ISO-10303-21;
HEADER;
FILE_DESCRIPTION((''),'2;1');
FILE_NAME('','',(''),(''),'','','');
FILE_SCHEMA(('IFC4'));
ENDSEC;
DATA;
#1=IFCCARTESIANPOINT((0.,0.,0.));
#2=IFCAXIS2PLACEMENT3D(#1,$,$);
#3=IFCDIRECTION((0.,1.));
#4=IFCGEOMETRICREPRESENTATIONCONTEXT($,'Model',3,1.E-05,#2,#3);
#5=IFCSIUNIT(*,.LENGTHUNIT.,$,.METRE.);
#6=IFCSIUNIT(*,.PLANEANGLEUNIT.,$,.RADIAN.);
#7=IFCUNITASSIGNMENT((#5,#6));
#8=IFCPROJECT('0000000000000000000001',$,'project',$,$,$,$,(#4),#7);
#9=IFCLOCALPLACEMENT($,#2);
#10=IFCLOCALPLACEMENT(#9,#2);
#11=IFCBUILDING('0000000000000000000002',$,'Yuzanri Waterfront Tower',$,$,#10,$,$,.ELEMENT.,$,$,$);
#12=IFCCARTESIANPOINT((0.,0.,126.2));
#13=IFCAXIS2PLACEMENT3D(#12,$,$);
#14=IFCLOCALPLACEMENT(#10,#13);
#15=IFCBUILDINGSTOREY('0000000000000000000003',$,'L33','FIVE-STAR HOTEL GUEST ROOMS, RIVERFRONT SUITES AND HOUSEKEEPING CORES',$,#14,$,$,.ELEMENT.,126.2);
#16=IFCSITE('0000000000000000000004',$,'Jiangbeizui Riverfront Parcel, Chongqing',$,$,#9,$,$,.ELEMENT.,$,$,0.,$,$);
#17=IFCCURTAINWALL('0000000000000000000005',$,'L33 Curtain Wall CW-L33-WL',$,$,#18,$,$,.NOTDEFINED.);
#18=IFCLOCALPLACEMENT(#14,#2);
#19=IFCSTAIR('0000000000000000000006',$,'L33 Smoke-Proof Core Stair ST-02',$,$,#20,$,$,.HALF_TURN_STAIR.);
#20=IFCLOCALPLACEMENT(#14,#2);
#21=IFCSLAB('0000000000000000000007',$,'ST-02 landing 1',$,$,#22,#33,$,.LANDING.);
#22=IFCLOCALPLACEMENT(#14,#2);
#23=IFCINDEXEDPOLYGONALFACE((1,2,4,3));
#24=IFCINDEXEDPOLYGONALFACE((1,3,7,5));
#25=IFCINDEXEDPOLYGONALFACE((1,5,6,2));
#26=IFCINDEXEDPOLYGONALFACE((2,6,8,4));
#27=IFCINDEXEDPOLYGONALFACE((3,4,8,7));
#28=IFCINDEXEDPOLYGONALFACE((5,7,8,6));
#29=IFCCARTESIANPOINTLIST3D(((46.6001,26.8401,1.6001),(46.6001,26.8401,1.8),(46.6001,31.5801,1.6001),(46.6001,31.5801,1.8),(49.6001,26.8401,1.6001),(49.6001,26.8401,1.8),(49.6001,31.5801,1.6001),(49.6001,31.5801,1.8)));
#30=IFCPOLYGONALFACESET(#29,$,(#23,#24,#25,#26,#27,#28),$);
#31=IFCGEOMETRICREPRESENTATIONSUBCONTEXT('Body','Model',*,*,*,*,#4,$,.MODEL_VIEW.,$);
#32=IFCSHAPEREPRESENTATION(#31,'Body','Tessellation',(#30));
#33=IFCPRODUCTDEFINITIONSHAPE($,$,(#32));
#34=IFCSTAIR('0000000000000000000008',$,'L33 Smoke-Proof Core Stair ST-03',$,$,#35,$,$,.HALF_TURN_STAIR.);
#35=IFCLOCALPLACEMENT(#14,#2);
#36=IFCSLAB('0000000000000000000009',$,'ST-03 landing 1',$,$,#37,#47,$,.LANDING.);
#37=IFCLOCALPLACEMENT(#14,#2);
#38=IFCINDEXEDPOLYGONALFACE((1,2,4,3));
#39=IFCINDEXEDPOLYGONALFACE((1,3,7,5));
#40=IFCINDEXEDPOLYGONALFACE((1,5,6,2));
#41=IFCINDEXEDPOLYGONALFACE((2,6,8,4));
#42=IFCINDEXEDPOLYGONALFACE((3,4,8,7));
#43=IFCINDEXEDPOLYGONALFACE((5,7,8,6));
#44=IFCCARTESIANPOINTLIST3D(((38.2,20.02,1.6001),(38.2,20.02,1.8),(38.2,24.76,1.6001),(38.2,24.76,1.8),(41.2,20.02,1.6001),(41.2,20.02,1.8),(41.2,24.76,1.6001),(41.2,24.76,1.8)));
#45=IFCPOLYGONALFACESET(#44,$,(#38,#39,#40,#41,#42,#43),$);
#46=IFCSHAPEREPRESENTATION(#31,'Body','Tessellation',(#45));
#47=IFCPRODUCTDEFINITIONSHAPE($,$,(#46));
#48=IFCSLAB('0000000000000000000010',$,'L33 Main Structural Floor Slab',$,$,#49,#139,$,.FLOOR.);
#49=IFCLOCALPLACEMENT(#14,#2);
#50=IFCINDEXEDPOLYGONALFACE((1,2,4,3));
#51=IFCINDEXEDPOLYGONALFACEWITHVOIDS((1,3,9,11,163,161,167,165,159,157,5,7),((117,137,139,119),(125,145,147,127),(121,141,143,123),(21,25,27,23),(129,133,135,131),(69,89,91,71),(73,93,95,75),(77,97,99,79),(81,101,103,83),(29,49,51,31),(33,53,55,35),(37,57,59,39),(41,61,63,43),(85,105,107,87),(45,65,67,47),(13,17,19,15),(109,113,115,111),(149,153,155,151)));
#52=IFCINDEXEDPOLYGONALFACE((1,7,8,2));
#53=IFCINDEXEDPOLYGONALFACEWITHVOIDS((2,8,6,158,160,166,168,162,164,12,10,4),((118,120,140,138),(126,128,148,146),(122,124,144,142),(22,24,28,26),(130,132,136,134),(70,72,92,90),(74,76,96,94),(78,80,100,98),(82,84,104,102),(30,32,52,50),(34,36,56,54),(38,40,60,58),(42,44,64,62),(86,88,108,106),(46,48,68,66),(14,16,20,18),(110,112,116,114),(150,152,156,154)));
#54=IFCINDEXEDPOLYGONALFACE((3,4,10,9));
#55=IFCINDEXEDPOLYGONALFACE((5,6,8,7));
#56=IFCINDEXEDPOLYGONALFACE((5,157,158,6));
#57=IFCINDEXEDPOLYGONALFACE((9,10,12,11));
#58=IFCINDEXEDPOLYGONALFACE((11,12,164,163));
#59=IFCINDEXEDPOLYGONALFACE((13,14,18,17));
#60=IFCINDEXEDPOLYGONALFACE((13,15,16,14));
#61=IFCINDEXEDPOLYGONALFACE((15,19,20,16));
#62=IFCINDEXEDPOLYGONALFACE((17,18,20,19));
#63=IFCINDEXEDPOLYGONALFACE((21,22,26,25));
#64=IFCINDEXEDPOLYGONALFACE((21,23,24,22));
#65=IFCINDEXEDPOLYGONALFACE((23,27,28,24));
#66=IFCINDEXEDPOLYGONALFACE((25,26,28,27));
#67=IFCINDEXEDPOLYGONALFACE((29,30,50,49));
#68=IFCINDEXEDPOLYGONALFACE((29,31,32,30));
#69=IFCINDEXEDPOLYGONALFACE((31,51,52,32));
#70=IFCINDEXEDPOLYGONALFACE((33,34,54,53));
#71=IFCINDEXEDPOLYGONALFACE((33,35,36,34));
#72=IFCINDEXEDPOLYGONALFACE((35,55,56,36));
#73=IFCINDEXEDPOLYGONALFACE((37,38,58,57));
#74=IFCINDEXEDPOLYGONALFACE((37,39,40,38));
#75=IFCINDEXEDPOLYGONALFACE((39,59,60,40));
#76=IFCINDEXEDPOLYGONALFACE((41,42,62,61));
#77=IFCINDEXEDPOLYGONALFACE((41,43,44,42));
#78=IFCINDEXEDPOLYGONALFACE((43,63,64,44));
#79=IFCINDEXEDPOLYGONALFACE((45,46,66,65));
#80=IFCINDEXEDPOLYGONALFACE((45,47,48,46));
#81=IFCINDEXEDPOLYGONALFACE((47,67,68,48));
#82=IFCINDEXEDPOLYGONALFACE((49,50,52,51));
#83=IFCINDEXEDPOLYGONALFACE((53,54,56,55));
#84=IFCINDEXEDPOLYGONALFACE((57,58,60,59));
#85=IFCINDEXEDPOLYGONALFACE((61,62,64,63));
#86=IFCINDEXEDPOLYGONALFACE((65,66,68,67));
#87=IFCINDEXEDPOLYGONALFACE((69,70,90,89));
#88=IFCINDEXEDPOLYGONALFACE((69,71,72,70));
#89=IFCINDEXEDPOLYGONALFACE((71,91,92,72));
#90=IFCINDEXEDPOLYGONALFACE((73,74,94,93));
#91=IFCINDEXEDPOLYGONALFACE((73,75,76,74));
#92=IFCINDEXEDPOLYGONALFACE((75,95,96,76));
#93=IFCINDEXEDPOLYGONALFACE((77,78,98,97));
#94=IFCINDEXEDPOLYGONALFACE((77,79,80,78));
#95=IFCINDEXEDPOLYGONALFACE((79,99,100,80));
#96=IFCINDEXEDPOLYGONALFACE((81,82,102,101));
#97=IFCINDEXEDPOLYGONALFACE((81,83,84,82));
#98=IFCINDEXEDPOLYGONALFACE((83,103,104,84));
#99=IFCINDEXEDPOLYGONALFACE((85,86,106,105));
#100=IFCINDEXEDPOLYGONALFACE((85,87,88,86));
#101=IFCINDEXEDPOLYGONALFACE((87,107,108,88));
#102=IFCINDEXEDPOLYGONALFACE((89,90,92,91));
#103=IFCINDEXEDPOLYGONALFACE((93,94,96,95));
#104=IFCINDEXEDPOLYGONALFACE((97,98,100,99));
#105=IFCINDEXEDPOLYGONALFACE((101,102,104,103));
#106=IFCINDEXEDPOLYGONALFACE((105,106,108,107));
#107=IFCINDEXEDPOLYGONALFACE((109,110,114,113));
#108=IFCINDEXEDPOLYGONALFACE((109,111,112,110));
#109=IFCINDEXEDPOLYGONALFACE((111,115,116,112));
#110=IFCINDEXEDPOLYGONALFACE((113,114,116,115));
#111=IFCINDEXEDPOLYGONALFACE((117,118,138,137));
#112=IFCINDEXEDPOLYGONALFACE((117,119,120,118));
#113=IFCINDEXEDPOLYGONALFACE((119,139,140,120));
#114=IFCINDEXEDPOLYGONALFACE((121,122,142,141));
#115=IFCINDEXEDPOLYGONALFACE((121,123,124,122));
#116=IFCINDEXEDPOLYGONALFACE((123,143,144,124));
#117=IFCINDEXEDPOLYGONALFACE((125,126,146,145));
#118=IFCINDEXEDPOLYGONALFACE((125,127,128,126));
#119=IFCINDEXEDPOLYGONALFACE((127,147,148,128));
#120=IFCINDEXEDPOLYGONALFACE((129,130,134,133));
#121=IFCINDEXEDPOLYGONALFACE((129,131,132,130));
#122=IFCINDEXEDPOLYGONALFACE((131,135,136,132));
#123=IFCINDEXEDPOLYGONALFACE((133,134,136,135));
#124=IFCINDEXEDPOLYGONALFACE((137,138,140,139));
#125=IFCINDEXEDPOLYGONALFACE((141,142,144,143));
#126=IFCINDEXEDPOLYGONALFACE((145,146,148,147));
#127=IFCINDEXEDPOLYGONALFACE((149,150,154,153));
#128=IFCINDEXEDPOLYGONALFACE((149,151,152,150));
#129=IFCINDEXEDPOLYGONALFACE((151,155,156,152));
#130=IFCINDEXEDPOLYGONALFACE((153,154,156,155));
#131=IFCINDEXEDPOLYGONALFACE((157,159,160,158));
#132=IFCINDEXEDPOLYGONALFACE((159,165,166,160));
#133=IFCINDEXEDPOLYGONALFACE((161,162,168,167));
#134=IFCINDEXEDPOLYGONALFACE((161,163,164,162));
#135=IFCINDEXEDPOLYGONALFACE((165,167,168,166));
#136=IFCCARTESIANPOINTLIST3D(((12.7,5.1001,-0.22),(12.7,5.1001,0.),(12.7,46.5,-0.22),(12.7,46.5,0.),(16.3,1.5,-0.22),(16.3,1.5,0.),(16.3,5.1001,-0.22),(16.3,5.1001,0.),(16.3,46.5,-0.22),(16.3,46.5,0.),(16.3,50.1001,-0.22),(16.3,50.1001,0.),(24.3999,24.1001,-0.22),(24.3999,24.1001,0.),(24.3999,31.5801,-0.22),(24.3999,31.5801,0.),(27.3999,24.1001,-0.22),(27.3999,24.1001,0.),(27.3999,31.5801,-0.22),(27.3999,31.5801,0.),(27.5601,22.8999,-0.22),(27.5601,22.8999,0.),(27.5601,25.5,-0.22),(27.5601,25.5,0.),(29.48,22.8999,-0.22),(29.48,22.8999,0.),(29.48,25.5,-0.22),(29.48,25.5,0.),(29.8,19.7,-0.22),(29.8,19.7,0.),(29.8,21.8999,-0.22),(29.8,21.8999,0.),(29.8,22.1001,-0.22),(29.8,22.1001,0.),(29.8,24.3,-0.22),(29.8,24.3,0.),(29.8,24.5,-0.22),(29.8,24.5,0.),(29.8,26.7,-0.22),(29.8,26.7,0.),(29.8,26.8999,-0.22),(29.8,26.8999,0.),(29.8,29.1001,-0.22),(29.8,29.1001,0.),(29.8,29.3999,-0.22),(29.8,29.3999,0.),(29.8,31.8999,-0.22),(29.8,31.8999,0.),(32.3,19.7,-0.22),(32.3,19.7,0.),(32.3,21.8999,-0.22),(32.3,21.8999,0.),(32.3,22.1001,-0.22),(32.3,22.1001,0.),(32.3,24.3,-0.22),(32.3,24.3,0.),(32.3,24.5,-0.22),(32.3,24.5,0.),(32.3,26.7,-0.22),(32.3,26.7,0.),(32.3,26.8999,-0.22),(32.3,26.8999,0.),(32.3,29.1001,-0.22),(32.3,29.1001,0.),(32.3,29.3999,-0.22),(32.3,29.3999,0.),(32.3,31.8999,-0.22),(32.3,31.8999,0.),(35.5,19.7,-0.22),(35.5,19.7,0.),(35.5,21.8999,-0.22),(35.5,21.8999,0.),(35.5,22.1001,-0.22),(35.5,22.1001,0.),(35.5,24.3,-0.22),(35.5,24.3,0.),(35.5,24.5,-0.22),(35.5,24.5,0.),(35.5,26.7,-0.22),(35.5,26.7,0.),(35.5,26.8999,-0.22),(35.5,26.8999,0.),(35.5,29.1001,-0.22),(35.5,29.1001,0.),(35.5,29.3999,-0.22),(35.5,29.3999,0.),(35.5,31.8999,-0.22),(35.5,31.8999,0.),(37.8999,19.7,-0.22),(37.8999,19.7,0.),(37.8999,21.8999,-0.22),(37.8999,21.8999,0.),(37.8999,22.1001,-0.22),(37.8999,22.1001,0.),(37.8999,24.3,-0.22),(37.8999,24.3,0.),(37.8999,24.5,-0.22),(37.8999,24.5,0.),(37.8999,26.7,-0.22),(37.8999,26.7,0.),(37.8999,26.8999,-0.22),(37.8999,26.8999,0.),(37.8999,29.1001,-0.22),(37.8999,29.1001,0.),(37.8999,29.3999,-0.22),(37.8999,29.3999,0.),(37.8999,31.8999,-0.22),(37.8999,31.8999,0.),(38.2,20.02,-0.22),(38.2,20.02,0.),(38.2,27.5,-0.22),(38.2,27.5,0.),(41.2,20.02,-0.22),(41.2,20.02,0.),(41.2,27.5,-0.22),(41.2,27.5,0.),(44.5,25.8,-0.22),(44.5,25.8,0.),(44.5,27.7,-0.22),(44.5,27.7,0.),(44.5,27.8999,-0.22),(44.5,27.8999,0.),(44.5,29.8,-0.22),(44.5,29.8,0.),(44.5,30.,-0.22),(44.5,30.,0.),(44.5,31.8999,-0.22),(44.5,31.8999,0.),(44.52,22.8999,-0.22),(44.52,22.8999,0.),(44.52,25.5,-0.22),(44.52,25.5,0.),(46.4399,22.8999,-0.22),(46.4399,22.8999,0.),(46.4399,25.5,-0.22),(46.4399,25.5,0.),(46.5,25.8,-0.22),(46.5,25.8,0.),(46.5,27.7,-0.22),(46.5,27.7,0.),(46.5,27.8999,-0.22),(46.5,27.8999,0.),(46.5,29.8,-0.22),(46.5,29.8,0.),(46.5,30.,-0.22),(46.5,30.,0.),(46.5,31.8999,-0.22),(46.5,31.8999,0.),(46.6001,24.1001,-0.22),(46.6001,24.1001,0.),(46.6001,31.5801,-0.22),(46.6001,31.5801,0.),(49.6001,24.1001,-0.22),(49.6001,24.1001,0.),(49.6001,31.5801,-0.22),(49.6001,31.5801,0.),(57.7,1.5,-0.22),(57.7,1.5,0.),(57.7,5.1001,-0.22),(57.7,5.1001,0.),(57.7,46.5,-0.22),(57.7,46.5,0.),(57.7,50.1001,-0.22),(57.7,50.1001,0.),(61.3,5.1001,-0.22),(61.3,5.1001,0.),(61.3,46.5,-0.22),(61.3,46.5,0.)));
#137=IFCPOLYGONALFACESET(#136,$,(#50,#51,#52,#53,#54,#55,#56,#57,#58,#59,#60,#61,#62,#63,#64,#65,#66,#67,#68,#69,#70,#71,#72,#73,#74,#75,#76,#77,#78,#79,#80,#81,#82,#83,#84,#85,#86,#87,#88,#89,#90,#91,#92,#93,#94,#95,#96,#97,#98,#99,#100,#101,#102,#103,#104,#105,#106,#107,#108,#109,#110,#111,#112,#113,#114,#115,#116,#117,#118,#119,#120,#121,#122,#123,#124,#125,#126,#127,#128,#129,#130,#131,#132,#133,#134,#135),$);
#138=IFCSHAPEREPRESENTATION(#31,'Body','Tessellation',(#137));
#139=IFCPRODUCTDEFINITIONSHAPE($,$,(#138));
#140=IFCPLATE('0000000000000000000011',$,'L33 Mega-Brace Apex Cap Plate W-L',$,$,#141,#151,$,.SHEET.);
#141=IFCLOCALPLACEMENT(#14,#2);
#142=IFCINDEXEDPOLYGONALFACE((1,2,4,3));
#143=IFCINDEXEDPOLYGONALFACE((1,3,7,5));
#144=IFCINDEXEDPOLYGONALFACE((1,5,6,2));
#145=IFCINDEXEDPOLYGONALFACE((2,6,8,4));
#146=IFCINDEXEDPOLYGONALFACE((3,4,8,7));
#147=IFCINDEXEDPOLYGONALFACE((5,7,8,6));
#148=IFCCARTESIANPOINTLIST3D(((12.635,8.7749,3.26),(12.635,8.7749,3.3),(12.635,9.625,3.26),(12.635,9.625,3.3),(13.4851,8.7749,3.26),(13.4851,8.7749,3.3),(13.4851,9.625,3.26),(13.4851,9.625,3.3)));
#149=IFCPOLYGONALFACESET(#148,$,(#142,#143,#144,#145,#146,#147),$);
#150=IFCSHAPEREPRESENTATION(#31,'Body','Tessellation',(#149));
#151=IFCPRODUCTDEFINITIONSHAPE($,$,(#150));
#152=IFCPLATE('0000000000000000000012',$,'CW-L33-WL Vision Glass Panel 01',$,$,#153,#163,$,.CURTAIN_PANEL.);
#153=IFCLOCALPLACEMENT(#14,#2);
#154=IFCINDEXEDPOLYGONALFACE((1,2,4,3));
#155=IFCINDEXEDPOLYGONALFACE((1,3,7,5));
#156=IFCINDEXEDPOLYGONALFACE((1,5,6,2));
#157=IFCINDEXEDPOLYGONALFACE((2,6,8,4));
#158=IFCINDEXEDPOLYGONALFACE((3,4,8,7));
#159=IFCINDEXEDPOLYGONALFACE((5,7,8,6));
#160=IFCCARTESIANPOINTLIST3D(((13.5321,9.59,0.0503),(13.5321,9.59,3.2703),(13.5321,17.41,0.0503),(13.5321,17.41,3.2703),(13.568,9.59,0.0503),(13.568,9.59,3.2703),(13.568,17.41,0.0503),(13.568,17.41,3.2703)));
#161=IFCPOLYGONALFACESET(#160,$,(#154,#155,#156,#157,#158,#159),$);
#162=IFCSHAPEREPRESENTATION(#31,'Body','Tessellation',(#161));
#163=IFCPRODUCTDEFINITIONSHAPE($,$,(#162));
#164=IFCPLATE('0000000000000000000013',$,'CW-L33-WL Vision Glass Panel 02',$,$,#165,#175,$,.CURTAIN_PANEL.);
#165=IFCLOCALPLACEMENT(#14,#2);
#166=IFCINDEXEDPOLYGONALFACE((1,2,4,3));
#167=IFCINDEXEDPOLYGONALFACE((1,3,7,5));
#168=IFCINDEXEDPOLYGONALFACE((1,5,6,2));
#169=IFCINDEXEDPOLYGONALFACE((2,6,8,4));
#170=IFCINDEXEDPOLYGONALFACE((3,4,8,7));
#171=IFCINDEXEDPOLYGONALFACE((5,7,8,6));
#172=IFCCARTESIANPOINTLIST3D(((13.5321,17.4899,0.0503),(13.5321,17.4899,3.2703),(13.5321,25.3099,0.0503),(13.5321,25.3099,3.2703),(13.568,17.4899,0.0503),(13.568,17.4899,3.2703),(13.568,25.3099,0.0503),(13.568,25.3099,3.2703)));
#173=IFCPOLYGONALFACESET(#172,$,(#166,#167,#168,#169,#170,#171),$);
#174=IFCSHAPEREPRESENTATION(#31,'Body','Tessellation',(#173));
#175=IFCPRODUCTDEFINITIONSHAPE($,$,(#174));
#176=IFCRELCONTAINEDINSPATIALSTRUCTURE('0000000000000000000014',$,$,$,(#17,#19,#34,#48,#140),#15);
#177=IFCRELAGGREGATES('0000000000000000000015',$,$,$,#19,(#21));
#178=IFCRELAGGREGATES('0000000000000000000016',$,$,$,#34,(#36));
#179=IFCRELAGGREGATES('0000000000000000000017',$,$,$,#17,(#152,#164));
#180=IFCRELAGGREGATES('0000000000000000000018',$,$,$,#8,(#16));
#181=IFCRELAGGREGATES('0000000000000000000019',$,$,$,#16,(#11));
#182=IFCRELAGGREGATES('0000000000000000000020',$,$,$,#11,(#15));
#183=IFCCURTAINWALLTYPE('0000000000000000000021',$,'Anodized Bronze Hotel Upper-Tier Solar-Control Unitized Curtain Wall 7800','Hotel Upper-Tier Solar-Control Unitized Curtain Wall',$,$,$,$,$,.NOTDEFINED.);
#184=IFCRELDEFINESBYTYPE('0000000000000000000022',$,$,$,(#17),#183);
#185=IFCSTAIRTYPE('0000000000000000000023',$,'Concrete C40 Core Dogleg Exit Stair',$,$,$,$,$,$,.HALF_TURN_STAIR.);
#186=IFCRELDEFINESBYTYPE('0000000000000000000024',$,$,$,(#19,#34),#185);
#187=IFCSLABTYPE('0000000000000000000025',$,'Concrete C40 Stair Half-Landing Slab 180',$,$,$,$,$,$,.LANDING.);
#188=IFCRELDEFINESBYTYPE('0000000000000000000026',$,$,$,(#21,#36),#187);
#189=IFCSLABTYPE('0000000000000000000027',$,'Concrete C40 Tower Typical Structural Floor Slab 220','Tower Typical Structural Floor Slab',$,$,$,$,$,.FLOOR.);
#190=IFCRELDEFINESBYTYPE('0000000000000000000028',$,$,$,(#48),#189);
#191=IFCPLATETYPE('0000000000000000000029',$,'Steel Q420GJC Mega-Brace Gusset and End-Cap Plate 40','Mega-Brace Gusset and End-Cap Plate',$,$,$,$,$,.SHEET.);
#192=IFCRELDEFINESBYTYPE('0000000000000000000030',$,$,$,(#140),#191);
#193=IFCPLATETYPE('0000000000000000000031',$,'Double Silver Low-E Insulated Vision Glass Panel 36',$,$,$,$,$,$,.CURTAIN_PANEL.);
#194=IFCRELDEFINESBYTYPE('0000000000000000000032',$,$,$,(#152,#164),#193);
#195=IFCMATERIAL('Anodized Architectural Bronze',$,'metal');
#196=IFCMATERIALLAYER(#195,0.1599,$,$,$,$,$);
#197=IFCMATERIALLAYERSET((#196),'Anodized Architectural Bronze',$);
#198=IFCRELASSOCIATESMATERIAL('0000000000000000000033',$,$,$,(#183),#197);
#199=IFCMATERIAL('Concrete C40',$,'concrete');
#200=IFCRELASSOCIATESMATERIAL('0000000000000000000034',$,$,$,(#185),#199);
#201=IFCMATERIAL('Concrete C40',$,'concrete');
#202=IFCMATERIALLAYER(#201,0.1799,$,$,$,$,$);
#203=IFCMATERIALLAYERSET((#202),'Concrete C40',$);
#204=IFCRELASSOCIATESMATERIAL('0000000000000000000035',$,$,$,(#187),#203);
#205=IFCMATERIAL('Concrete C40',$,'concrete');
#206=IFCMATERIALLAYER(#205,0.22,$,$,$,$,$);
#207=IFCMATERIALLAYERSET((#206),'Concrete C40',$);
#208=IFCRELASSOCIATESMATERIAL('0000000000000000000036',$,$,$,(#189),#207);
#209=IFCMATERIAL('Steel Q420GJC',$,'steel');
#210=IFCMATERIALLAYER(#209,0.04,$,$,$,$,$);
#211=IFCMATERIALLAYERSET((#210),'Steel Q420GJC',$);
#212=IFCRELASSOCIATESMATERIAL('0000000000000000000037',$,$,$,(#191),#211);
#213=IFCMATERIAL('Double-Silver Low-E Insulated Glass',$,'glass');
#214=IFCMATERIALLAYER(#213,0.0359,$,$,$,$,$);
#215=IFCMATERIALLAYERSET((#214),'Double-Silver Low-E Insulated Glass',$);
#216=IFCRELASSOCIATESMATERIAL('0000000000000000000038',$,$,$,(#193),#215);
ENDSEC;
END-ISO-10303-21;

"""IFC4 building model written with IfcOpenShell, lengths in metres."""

from ifc_helpers import new_model, si_unit, direction, frame, origin, origin_2d, place, context, subcontext, project, spatial, polyline, rectangle, outline, extrude, source, transform, mapped, material, layer, layer_set, type_object, element, aggregate, save


model = new_model("IFC4")

# Units and contexts
model_context = context("Model", 3, precision=1e-05, world=origin(), true_north=direction((0.0, 1.0)))
body_context = subcontext(model_context, "Body", "Model", "MODEL_VIEW")
ifc_project = project(units=[si_unit("LENGTHUNIT", "METRE"), si_unit("PLANEANGLEUNIT", "RADIAN")], contexts=[model_context])

# Site, building, storey
site_placement = place(None, origin())
site = spatial("IfcSite", under=ifc_project, at=site_placement, Name="Jiangbeizui Riverfront Parcel, Chongqing", CompositionType="ELEMENT", RefElevation=0.0)
building_placement = place(site_placement, origin())
building = spatial("IfcBuilding", under=site, at=building_placement, Name="Yuzanri Waterfront Tower", CompositionType="ELEMENT")
storey_placement = place(building_placement, frame((0.0, 0.0, 126.2)))
storey = spatial("IfcBuildingStorey", under=building, at=storey_placement, Name="L33", Description="FIVE-STAR HOTEL GUEST ROOMS, RIVERFRONT SUITES AND HOUSEKEEPING CORES", CompositionType="ELEMENT", Elevation=126.2)

# Curtain wall
ifc_material_1 = material(Name="Anodized Architectural Bronze", Category="metal")
ifc_layer_1 = layer(ifc_material_1, 0.1599)
ifc_layer_set_1 = layer_set([ifc_layer_1], Name="Anodized Architectural Bronze")
curtain_wall_type = type_object("IfcCurtainWallType", Name="Anodized Bronze Hotel Upper-Tier Solar-Control Unitized Curtain Wall 7800", Description="Hotel Upper-Tier Solar-Control Unitized Curtain Wall", PredefinedType="NOTDEFINED", material=ifc_layer_set_1)
curtain_wall_placement = place(storey_placement, origin())
curtain_wall = element("IfcCurtainWall", 1, at=curtain_wall_placement, inside=storey, type_object=curtain_wall_type, Name="L33 Curtain Wall CW-L33-WL", PredefinedType="NOTDEFINED")

# Stairs, slabs
ifc_material_2 = material(Name="Concrete C40", Category="concrete")
stair_type = type_object("IfcStairType", Name="Concrete C40 Core Dogleg Exit Stair", PredefinedType="HALF_TURN_STAIR", material=ifc_material_2)
ifc_material_3 = material(Name="Concrete C40", Category="concrete")
ifc_layer_2 = layer(ifc_material_3, 0.1799)
ifc_layer_set_2 = layer_set([ifc_layer_2], Name="Concrete C40")
slab_type_1 = type_object("IfcSlabType", Name="Concrete C40 Stair Half-Landing Slab 180", PredefinedType="LANDING", material=ifc_layer_set_2)
stair_1_placement = place(storey_placement, origin())
stair_1 = element("IfcStair", 2, at=stair_1_placement, inside=storey, type_object=stair_type, Name="L33 Smoke-Proof Core Stair ST-02", PredefinedType="HALF_TURN_STAIR")
slab_1_placement = place(storey_placement, frame((0.0, 0.0, 1.6001)))
slab_1 = element("IfcSlab", 3, at=slab_1_placement, type_object=slab_type_1, Name="ST-02 landing 1", PredefinedType="LANDING", context=body_context, shape_type="SweptSolid", body=[
    extrude(outline(polyline([(49.6001, 26.8401), (49.6001, 31.5801), (46.6001, 31.5801), (46.6001, 26.8401), (49.6001, 26.8401)])), origin(), (0.0, 0.0, 1.0), 0.2),
])
aggregate(stair_1, [slab_1])
stair_2_placement = place(storey_placement, origin())
stair_2 = element("IfcStair", 4, at=stair_2_placement, inside=storey, type_object=stair_type, Name="L33 Smoke-Proof Core Stair ST-03", PredefinedType="HALF_TURN_STAIR")
slab_2_placement = place(storey_placement, frame((0.0, 0.0, 1.6001)))
slab_2 = element("IfcSlab", 5, at=slab_2_placement, type_object=slab_type_1, Name="ST-03 landing 1", PredefinedType="LANDING", context=body_context, shape_type="SweptSolid", body=[
    extrude(outline(polyline([(38.2, 24.76), (38.2, 20.02), (41.2, 20.02), (41.2, 24.76), (38.2, 24.76)])), origin(), (0.0, 0.0, 1.0), 0.2),
])
aggregate(stair_2, [slab_2])

# Slab
ifc_material_4 = material(Name="Concrete C40", Category="concrete")
ifc_layer_3 = layer(ifc_material_4, 0.22)
ifc_layer_set_3 = layer_set([ifc_layer_3], Name="Concrete C40")
slab_type_2 = type_object("IfcSlabType", Name="Concrete C40 Tower Typical Structural Floor Slab 220", Description="Tower Typical Structural Floor Slab", PredefinedType="FLOOR", material=ifc_layer_set_3)
slab_3_placement = place(storey_placement, frame((0.0, 0.0, -0.22)))
element("IfcSlab", 6, at=slab_3_placement, inside=storey, type_object=slab_type_2, Name="L33 Main Structural Floor Slab", PredefinedType="FLOOR", context=body_context, shape_type="SweptSolid", body=[
    extrude(outline(polyline([(16.3, 1.5), (57.7, 1.5), (57.7, 5.1001), (61.3, 5.1001), (61.3, 46.5), (57.7, 46.5), (57.7, 50.1001), (16.3, 50.1001), (16.3, 46.5), (12.7, 46.5), (12.7, 5.1001), (16.3, 5.1001), (16.3, 1.5)]), holes=[polyline([(27.3999, 24.1001), (27.3999, 31.5801), (24.3999, 31.5801), (24.3999, 24.1001), (27.3999, 24.1001)]), polyline([(49.6001, 24.1001), (49.6001, 31.5801), (46.6001, 31.5801), (46.6001, 24.1001), (49.6001, 24.1001)]), polyline([(38.2, 27.5), (38.2, 20.02), (41.2, 20.02), (41.2, 27.5), (38.2, 27.5)]), polyline([(27.5601, 22.8999), (29.48, 22.8999), (29.48, 25.5), (27.5601, 25.5), (27.5601, 22.8999)]), polyline([(44.52, 22.8999), (46.4399, 22.8999), (46.4399, 25.5), (44.52, 25.5), (44.52, 22.8999)]), polyline([(29.8, 19.7), (32.3, 19.7), (32.3, 21.8999), (29.8, 21.8999), (29.8, 19.7)]), polyline([(29.8, 22.1001), (32.3, 22.1001), (32.3, 24.3), (29.8, 24.3), (29.8, 22.1001)]), polyline([(29.8, 24.5), (32.3, 24.5), (32.3, 26.7), (29.8, 26.7), (29.8, 24.5)]), polyline([(29.8, 26.8999), (32.3, 26.8999), (32.3, 29.1001), (29.8, 29.1001), (29.8, 26.8999)]), polyline([(29.8, 29.3999), (32.3, 29.3999), (32.3, 31.8999), (29.8, 31.8999), (29.8, 29.3999)]), polyline([(35.5, 19.7), (37.8999, 19.7), (37.8999, 21.8999), (35.5, 21.8999), (35.5, 19.7)]), polyline([(35.5, 22.1001), (37.8999, 22.1001), (37.8999, 24.3), (35.5, 24.3), (35.5, 22.1001)]), polyline([(35.5, 24.5), (37.8999, 24.5), (37.8999, 26.7), (35.5, 26.7), (35.5, 24.5)]), polyline([(35.5, 26.8999), (37.8999, 26.8999), (37.8999, 29.1001), (35.5, 29.1001), (35.5, 26.8999)]), polyline([(35.5, 29.3999), (37.8999, 29.3999), (37.8999, 31.8999), (35.5, 31.8999), (35.5, 29.3999)]), polyline([(44.5, 25.8), (46.5, 25.8), (46.5, 27.7), (44.5, 27.7), (44.5, 25.8)]), polyline([(44.5, 27.8999), (46.5, 27.8999), (46.5, 29.8), (44.5, 29.8), (44.5, 27.8999)]), polyline([(44.5, 30.0), (46.5, 30.0), (46.5, 31.8999), (44.5, 31.8999), (44.5, 30.0)])]), origin(), (0.0, 0.0, 1.0), 0.22),
])

# Plates
ifc_material_5 = material(Name="Steel Q420GJC", Category="steel")
ifc_layer_4 = layer(ifc_material_5, 0.04)
ifc_layer_set_4 = layer_set([ifc_layer_4], Name="Steel Q420GJC")
plate_type_1 = type_object("IfcPlateType", Name="Steel Q420GJC Mega-Brace Gusset and End-Cap Plate 40", Description="Mega-Brace Gusset and End-Cap Plate", PredefinedType="SHEET", material=ifc_layer_set_4)
shared_shape_1 = source(origin(), body_context, "Body", "SweptSolid", [
    extrude(rectangle(XDim=0.8501, YDim=0.8501, at=origin_2d()), origin(), (0.0, 0.0, 1.0), 0.04),
])
plate_1_placement = place(storey_placement, frame((13.0601, 9.2, 3.26), z_axis=(0.0, 0.0, 1.0), x_axis=(1.0, 0.0, 0.0)))
element("IfcPlate", 7, at=plate_1_placement, inside=storey, type_object=plate_type_1, Name="L33 Mega-Brace Apex Cap Plate W-L", PredefinedType="SHEET", context=body_context, shape_type="MappedRepresentation", body=[
    mapped(shared_shape_1, transform((0.0, 0.0, 0.0), scale=1.0)),
])
ifc_material_6 = material(Name="Double-Silver Low-E Insulated Glass", Category="glass")
ifc_layer_5 = layer(ifc_material_6, 0.0359)
ifc_layer_set_5 = layer_set([ifc_layer_5], Name="Double-Silver Low-E Insulated Glass")
plate_type_2 = type_object("IfcPlateType", Name="Double Silver Low-E Insulated Vision Glass Panel 36", PredefinedType="CURTAIN_PANEL", material=ifc_layer_set_5)
shared_shape_2 = source(origin(), body_context, "Body", "SweptSolid", [
    extrude(rectangle(XDim=7.8201, YDim=0.0359, at=origin_2d()), origin(), (0.0, 0.0, 1.0), 3.22),
])
plate_2_placement = place(storey_placement, frame((13.55, 13.5, 0.0503), z_axis=(0.0, 0.0, 1.0), x_axis=(0.0, 1.0, 0.0)))
plate_2 = element("IfcPlate", 8, at=plate_2_placement, type_object=plate_type_2, Name="CW-L33-WL Vision Glass Panel 01", PredefinedType="CURTAIN_PANEL", context=body_context, shape_type="MappedRepresentation", body=[
    mapped(shared_shape_2, transform((0.0, 0.0, 0.0), scale=1.0)),
])
plate_3_placement = place(storey_placement, frame((13.55, 21.3999, 0.0503), z_axis=(0.0, 0.0, 1.0), x_axis=(0.0, 1.0, 0.0)))
plate_3 = element("IfcPlate", 9, at=plate_3_placement, type_object=plate_type_2, Name="CW-L33-WL Vision Glass Panel 02", PredefinedType="CURTAIN_PANEL", context=body_context, shape_type="MappedRepresentation", body=[
    mapped(shared_shape_2, transform((0.0, 0.0, 0.0), scale=1.0)),
])
aggregate(curtain_wall, [plate_2, plate_3])

save(model, "model.ifc")
